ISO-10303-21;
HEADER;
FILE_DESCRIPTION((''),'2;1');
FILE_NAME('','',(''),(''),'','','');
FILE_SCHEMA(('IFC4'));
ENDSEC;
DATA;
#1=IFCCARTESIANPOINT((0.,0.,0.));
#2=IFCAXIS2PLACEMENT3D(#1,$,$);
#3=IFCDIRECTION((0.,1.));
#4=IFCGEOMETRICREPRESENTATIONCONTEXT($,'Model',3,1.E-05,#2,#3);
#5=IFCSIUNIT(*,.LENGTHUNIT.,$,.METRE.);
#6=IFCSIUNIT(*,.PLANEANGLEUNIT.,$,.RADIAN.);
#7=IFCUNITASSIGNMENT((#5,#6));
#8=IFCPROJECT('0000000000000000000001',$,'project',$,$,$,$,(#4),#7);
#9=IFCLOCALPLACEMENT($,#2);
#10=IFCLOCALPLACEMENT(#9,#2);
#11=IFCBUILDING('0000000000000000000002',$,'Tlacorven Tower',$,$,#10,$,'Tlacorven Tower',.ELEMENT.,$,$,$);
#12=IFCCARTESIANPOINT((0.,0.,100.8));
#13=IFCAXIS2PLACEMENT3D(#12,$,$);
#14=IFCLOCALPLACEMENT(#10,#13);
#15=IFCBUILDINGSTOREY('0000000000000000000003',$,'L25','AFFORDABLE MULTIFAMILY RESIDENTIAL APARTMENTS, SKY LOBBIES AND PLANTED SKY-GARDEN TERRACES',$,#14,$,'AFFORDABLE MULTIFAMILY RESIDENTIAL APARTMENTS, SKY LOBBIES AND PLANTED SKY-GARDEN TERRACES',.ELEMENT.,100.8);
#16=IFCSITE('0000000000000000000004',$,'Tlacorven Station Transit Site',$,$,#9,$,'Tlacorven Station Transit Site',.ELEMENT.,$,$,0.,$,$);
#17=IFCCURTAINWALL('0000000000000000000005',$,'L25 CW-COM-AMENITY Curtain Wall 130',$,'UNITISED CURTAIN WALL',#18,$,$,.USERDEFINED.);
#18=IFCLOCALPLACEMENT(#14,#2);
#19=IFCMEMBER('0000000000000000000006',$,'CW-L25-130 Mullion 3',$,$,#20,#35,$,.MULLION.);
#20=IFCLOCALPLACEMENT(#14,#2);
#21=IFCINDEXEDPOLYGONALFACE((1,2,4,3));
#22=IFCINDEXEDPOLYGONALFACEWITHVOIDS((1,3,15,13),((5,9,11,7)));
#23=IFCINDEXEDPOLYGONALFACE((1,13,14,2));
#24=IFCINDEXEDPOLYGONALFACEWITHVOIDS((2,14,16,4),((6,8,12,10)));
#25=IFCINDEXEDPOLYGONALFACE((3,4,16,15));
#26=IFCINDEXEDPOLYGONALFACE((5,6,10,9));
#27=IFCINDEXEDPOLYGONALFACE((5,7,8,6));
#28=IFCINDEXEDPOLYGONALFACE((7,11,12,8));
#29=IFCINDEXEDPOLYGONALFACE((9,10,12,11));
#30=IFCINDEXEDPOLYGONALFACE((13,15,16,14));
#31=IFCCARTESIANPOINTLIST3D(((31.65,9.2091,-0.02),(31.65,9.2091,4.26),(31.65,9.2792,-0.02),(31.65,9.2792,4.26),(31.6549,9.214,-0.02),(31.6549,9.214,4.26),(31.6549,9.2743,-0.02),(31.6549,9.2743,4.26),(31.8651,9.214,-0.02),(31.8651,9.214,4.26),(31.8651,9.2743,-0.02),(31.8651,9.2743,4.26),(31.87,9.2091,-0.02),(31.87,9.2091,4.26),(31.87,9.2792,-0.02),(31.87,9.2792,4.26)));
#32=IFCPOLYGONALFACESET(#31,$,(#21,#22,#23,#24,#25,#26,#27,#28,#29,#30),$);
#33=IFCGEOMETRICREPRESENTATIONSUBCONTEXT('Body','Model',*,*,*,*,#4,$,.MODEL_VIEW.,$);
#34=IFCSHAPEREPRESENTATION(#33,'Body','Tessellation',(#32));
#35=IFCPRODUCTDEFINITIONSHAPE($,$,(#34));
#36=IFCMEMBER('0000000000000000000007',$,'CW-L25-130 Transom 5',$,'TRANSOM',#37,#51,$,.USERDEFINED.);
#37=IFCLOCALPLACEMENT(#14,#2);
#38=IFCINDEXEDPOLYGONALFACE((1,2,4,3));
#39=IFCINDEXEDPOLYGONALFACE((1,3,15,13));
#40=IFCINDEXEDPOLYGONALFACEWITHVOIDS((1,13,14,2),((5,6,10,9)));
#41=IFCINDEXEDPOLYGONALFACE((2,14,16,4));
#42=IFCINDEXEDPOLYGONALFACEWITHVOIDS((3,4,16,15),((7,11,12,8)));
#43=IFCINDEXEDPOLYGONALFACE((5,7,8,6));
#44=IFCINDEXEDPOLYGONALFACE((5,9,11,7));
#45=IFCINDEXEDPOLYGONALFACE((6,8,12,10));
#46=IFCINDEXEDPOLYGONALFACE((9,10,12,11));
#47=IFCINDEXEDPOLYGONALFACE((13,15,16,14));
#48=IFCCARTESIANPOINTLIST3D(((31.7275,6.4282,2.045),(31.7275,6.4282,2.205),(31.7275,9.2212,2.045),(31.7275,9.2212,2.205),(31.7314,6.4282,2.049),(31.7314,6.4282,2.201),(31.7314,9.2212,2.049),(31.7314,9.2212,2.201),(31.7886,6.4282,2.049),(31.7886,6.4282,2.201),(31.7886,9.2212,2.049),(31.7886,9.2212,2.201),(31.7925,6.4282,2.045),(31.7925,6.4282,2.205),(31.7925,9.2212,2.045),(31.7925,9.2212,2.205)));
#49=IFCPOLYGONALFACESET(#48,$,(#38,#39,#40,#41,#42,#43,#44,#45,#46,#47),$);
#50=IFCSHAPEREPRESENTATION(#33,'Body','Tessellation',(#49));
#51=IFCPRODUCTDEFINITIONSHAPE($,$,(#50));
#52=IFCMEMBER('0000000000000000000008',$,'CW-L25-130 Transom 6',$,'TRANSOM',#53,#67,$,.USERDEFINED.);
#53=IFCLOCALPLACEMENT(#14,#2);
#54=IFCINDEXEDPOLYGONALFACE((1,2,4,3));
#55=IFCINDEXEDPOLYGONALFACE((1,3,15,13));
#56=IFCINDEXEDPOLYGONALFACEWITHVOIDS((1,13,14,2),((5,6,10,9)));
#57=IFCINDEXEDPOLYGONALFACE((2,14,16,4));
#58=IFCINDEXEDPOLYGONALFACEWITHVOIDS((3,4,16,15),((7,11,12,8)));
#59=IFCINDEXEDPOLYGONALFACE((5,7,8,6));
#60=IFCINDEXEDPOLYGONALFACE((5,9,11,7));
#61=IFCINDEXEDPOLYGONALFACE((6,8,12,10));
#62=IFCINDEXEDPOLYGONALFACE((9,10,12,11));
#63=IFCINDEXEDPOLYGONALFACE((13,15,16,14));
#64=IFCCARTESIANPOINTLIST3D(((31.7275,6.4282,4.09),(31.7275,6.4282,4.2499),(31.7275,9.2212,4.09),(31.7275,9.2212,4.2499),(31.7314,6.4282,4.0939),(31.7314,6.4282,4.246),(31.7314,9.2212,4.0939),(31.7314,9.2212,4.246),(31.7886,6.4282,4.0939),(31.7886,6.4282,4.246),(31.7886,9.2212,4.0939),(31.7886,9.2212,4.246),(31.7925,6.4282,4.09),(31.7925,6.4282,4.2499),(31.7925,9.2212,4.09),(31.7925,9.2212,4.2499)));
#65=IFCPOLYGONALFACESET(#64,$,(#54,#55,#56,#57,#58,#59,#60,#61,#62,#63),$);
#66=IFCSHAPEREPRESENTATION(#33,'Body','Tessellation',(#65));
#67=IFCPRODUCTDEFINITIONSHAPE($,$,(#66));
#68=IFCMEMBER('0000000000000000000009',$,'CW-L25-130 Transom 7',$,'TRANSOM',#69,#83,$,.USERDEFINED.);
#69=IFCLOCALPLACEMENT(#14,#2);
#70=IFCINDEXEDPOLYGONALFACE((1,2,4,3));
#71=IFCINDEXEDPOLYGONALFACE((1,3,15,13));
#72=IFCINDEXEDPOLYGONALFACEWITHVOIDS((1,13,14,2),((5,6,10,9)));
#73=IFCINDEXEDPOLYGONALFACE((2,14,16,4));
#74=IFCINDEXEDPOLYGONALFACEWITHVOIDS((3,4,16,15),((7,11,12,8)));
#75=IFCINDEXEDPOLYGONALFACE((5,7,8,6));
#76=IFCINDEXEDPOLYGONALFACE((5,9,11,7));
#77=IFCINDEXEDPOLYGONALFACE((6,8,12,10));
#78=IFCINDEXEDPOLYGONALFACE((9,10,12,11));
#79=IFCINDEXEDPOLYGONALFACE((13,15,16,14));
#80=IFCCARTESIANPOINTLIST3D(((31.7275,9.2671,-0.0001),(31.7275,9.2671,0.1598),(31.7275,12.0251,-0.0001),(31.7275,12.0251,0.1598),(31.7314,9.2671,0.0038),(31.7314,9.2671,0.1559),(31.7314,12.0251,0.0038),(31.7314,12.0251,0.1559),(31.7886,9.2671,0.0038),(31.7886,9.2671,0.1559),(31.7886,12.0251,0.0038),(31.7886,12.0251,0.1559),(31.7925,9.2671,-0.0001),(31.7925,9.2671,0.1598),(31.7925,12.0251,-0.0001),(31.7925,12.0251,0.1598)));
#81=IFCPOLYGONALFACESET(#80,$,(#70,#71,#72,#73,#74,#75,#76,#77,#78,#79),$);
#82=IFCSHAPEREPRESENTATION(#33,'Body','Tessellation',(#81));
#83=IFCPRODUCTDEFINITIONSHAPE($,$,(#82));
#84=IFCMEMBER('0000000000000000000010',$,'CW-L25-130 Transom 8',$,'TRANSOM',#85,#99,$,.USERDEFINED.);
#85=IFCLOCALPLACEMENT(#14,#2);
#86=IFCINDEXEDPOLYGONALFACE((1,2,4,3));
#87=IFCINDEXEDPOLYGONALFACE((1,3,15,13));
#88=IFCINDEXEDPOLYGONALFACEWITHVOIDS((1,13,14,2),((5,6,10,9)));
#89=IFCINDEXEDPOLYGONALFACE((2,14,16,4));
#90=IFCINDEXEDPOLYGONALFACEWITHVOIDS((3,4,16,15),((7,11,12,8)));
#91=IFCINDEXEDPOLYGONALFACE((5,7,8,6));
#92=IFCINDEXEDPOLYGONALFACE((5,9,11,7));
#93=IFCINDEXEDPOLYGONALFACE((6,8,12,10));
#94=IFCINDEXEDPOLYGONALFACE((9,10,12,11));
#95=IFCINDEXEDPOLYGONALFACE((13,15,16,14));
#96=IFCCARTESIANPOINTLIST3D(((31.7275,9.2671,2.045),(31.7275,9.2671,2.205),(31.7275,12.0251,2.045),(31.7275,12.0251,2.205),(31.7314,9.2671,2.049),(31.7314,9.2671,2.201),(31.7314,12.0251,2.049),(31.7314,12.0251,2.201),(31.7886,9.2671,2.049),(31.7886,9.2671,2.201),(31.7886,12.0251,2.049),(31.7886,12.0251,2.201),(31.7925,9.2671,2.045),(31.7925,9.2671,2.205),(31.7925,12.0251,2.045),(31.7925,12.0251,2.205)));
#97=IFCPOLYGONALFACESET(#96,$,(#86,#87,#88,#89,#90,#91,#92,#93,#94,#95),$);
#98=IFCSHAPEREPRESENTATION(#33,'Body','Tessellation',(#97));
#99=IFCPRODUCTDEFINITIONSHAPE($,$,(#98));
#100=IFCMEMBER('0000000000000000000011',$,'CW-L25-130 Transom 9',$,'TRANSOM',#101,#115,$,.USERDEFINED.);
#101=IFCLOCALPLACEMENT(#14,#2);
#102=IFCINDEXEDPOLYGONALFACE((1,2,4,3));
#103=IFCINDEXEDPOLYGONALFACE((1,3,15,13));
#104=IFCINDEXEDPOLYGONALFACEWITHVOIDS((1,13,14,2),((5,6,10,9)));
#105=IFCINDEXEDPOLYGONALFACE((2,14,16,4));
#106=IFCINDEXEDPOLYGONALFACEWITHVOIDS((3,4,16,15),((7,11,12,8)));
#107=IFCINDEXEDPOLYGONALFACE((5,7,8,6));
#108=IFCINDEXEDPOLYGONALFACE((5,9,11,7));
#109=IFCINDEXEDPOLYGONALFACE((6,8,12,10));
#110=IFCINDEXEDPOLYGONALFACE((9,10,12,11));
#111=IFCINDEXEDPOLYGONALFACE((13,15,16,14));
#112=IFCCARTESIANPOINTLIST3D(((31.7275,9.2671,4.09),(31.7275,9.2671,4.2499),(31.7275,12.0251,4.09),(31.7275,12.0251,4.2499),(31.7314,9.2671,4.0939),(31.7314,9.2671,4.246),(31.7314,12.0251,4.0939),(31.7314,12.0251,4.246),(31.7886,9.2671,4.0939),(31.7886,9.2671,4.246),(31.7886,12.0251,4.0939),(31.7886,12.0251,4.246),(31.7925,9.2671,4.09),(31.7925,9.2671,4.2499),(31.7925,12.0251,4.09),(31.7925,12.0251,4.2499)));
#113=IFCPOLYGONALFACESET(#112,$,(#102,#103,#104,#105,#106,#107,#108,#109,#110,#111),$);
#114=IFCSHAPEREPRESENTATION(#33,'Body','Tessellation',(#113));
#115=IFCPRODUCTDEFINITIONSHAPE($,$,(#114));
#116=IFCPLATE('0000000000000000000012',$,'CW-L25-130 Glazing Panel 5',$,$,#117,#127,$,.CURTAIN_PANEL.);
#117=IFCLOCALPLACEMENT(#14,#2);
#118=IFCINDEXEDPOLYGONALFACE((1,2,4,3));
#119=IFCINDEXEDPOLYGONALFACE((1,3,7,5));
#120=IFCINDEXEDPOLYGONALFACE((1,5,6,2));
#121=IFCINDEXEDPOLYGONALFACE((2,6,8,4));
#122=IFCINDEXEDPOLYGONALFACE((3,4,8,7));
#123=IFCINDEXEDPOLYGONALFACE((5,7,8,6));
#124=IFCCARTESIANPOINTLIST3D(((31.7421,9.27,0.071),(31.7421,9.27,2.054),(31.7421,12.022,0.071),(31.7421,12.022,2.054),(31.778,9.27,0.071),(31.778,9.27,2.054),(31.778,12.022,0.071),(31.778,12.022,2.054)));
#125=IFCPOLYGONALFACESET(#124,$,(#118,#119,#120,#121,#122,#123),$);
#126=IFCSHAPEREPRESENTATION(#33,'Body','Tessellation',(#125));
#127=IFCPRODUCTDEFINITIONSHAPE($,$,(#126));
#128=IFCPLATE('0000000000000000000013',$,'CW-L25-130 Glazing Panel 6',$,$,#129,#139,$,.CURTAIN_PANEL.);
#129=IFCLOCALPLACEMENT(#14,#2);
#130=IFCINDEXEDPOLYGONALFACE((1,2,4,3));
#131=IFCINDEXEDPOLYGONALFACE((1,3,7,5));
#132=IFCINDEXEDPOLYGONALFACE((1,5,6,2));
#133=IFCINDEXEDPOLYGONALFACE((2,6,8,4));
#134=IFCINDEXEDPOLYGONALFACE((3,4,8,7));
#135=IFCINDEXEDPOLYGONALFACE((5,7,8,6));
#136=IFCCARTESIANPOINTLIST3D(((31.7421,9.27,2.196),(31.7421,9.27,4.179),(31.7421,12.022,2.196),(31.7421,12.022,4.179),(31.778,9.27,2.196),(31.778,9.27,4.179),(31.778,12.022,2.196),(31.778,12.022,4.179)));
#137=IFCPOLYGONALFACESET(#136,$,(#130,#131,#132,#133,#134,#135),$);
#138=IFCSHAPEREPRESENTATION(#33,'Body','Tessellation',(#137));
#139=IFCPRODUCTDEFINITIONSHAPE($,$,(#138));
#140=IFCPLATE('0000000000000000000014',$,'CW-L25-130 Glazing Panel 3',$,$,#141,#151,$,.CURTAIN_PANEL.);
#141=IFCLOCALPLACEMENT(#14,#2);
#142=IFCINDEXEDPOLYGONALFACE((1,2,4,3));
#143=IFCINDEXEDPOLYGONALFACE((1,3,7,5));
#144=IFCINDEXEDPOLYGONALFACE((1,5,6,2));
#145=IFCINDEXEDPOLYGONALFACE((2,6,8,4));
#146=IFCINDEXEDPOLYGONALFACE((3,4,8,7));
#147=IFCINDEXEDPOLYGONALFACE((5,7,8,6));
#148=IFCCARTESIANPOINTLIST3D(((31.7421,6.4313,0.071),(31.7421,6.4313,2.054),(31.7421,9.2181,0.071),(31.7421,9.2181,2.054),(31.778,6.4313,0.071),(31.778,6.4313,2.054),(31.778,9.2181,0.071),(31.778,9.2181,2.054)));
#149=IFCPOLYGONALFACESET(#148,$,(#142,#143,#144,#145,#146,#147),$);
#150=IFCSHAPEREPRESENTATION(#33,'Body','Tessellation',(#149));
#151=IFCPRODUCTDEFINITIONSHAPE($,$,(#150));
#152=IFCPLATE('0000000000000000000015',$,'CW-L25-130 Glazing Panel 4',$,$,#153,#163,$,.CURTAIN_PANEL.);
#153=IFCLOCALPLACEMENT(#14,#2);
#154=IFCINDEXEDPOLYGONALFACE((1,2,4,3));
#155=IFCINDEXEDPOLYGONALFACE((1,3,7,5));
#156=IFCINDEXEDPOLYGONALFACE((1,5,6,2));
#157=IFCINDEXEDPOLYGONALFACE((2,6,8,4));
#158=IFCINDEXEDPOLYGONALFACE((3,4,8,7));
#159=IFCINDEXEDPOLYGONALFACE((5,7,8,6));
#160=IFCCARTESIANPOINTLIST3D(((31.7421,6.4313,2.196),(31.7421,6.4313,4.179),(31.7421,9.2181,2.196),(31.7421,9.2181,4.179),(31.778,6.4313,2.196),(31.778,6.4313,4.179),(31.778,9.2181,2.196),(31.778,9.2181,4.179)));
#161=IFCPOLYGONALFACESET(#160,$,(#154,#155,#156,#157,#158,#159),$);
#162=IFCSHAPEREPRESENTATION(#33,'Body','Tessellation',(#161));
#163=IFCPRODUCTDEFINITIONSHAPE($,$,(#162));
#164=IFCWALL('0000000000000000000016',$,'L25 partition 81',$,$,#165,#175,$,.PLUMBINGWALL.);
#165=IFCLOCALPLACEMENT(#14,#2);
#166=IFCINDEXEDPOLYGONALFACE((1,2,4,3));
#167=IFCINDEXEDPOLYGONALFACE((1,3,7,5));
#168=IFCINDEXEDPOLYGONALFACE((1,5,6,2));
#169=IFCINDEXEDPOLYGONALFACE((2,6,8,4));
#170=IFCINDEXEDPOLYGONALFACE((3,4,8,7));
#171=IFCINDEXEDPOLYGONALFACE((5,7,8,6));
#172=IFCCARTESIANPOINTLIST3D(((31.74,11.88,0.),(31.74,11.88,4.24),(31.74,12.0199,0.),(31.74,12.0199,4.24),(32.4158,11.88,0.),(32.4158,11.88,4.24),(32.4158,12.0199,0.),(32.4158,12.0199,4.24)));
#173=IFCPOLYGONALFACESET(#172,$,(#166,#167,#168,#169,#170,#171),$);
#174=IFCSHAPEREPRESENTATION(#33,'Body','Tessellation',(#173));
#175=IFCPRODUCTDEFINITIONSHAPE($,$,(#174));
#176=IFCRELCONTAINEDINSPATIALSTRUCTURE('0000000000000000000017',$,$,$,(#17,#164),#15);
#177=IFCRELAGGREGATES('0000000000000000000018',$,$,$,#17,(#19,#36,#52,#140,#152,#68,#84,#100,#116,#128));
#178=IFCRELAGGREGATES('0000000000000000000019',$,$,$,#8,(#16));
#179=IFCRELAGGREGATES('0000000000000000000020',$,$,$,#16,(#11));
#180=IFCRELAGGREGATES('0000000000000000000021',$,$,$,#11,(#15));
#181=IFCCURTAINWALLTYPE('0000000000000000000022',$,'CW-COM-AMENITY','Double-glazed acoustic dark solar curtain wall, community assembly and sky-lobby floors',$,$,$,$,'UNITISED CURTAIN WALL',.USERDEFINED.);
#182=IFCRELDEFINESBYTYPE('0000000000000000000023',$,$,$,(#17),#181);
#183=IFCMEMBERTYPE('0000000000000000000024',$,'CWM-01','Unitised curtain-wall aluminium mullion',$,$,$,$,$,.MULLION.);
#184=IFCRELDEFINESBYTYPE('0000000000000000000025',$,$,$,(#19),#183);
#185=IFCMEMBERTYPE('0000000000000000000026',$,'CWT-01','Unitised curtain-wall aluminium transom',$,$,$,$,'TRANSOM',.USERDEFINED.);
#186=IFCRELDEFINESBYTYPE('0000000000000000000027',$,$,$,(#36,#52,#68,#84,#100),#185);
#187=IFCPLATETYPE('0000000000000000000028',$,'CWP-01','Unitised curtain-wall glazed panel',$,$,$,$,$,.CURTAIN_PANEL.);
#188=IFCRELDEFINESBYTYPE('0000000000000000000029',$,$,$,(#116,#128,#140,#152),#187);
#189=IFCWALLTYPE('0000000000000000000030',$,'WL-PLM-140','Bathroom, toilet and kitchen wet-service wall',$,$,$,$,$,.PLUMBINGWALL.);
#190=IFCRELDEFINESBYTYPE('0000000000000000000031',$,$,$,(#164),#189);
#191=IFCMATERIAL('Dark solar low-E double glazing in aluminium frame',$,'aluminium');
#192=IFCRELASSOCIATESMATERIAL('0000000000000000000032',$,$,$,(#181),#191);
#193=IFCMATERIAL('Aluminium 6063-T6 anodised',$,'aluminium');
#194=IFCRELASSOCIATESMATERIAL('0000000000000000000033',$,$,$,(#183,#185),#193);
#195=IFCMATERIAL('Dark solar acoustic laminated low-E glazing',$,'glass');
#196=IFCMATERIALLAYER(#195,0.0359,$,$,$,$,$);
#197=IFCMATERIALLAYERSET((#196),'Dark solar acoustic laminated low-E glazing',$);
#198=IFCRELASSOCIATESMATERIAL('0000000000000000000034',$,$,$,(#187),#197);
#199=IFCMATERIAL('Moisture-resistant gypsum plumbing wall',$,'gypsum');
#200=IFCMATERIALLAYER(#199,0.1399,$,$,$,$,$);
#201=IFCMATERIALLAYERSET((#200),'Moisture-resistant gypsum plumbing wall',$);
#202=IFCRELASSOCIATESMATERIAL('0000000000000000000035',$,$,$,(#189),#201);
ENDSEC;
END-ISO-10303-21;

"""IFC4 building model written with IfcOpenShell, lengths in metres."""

from ifc_helpers import new_model, si_unit, direction, frame, frame_2d, origin, origin_2d, place, context, subcontext, project, spatial, rectangle, hollow_rectangle, extrude, source, transform, mapped, material, layer, layer_set, material_profile, profile_set, type_object, element, aggregate, save


model = new_model("IFC4")

# Units and contexts
model_context = context("Model", 3, precision=1e-05, world=origin(), true_north=direction((0.0, 1.0)))
body_context = subcontext(model_context, "Body", "Model", "MODEL_VIEW")
ifc_project = project(units=[si_unit("LENGTHUNIT", "METRE"), si_unit("PLANEANGLEUNIT", "RADIAN")], contexts=[model_context])

# Site, building, storey
site_placement = place(None, origin())
site = spatial("IfcSite", under=ifc_project, at=site_placement, Name="Tlacorven Station Transit Site", LongName="Tlacorven Station Transit Site", CompositionType="ELEMENT", RefElevation=0.0)
building_placement = place(site_placement, origin())
building = spatial("IfcBuilding", under=site, at=building_placement, Name="Tlacorven Tower", LongName="Tlacorven Tower", CompositionType="ELEMENT")
storey_placement = place(building_placement, frame((0.0, 0.0, 100.8)))
storey = spatial("IfcBuildingStorey", under=building, at=storey_placement, Name="L25", Description="AFFORDABLE MULTIFAMILY RESIDENTIAL APARTMENTS, SKY LOBBIES AND PLANTED SKY-GARDEN TERRACES", LongName="AFFORDABLE MULTIFAMILY RESIDENTIAL APARTMENTS, SKY LOBBIES AND PLANTED SKY-GARDEN TERRACES", CompositionType="ELEMENT", Elevation=100.8)

# Curtain wall, members, plates
ifc_material_1 = material(Name="Dark solar low-E double glazing in aluminium frame", Category="aluminium")
curtain_wall_type = type_object("IfcCurtainWallType", Name="CW-COM-AMENITY", Description="Double-glazed acoustic dark solar curtain wall, community assembly and sky-lobby floors", ElementType="UNITISED CURTAIN WALL", PredefinedType="USERDEFINED", material=ifc_material_1)
curtain_wall_placement = place(storey_placement, origin())
curtain_wall = element("IfcCurtainWall", 1, at=curtain_wall_placement, inside=storey, type_object=curtain_wall_type, Name="L25 CW-COM-AMENITY Curtain Wall 130", ObjectType="UNITISED CURTAIN WALL", PredefinedType="USERDEFINED")
ifc_material_2 = material(Name="Aluminium 6063-T6 anodised", Category="aluminium")
ifc_material_profile_1 = material_profile(ifc_material_2, hollow_rectangle(XDim=0.0701, YDim=0.22, WallThickness=0.0049, at=origin_2d()), Name="ALU MULLION 70X220")
ifc_profile_set_1 = profile_set([ifc_material_profile_1], Name="Aluminium 6063-T6 anodised")
member_type_1 = type_object("IfcMemberType", Name="CWM-01", Description="Unitised curtain-wall aluminium mullion", PredefinedType="MULLION", material=ifc_profile_set_1)
shared_shape_1 = source(origin(), body_context, "Body", "SweptSolid", [
    extrude(hollow_rectangle(XDim=0.0701, YDim=0.22, WallThickness=0.0049, at=origin_2d()), origin(), (0.0, 0.0, 1.0), 4.28),
])
member_1_placement = place(storey_placement, frame((31.76, 9.2441, -0.02), z_axis=(0.0, 0.0, 1.0), x_axis=(0.0, 1.0, 0.0)))
member_1 = element("IfcMember", 2, at=member_1_placement, type_object=member_type_1, Name="CW-L25-130 Mullion 3", PredefinedType="MULLION", context=body_context, shape_type="MappedRepresentation", body=[
    mapped(shared_shape_1, transform((0.0, 0.0, 0.0), scale=1.0)),
])
ifc_material_profile_2 = material_profile(ifc_material_2, hollow_rectangle(XDim=0.0649, YDim=0.1599, WallThickness=0.0039, at=origin_2d()), Name="ALU TRANSOM 65X160")
ifc_profile_set_2 = profile_set([ifc_material_profile_2], Name="Aluminium 6063-T6 anodised")
member_type_2 = type_object("IfcMemberType", Name="CWT-01", Description="Unitised curtain-wall aluminium transom", ElementType="TRANSOM", PredefinedType="USERDEFINED", material=ifc_profile_set_2)
shared_shape_2 = source(origin(), body_context, "Body", "SweptSolid", [
    extrude(hollow_rectangle(XDim=0.0649, YDim=0.1599, WallThickness=0.0039, at=origin_2d()), origin(), (0.0, 0.0, 1.0), 2.793),
])
member_2_placement = place(storey_placement, frame((31.76, 6.4282, 2.125), z_axis=(0.0, 1.0, 0.0), x_axis=(-1.0, 0.0, 0.0)))
member_2 = element("IfcMember", 3, at=member_2_placement, type_object=member_type_2, Name="CW-L25-130 Transom 5", ObjectType="TRANSOM", PredefinedType="USERDEFINED", context=body_context, shape_type="MappedRepresentation", body=[
    mapped(shared_shape_2, transform((0.0, 0.0, 0.0), scale=1.0)),
])
member_3_placement = place(storey_placement, frame((31.76, 6.4282, 4.1699), z_axis=(0.0, 1.0, 0.0), x_axis=(-1.0, 0.0, 0.0)))
member_3 = element("IfcMember", 4, at=member_3_placement, type_object=member_type_2, Name="CW-L25-130 Transom 6", ObjectType="TRANSOM", PredefinedType="USERDEFINED", context=body_context, shape_type="MappedRepresentation", body=[
    mapped(shared_shape_2, transform((0.0, 0.0, 0.0), scale=1.0)),
])
shared_shape_3 = source(origin(), body_context, "Body", "SweptSolid", [
    extrude(hollow_rectangle(XDim=0.0649, YDim=0.1599, WallThickness=0.0039, at=origin_2d()), origin(), (0.0, 0.0, 1.0), 2.7581),
])
member_4_placement = place(storey_placement, frame((31.76, 9.2671, 0.0798), z_axis=(0.0, 1.0, 0.0), x_axis=(-1.0, 0.0, 0.0)))
member_4 = element("IfcMember", 5, at=member_4_placement, type_object=member_type_2, Name="CW-L25-130 Transom 7", ObjectType="TRANSOM", PredefinedType="USERDEFINED", context=body_context, shape_type="MappedRepresentation", body=[
    mapped(shared_shape_3, transform((0.0, 0.0, 0.0), scale=1.0)),
])
member_5_placement = place(storey_placement, frame((31.76, 9.2671, 2.125), z_axis=(0.0, 1.0, 0.0), x_axis=(-1.0, 0.0, 0.0)))
member_5 = element("IfcMember", 6, at=member_5_placement, type_object=member_type_2, Name="CW-L25-130 Transom 8", ObjectType="TRANSOM", PredefinedType="USERDEFINED", context=body_context, shape_type="MappedRepresentation", body=[
    mapped(shared_shape_3, transform((0.0, 0.0, 0.0), scale=1.0)),
])
member_6_placement = place(storey_placement, frame((31.76, 9.2671, 4.1699), z_axis=(0.0, 1.0, 0.0), x_axis=(-1.0, 0.0, 0.0)))
member_6 = element("IfcMember", 7, at=member_6_placement, type_object=member_type_2, Name="CW-L25-130 Transom 9", ObjectType="TRANSOM", PredefinedType="USERDEFINED", context=body_context, shape_type="MappedRepresentation", body=[
    mapped(shared_shape_3, transform((0.0, 0.0, 0.0), scale=1.0)),
])
ifc_material_3 = material(Name="Dark solar acoustic laminated low-E glazing", Category="glass")
ifc_layer_1 = layer(ifc_material_3, 0.0359)
ifc_layer_set_1 = layer_set([ifc_layer_1], Name="Dark solar acoustic laminated low-E glazing")
plate_type = type_object("IfcPlateType", Name="CWP-01", Description="Unitised curtain-wall glazed panel", PredefinedType="CURTAIN_PANEL", material=ifc_layer_set_1)
shared_shape_4 = source(origin(), body_context, "Body", "SweptSolid", [
    extrude(rectangle(XDim=2.752, YDim=0.0359, at=origin_2d()), origin(), (0.0, 0.0, 1.0), 1.9829),
])
plate_1_placement = place(storey_placement, frame((31.76, 10.646, 0.071), z_axis=(0.0, 0.0, 1.0), x_axis=(0.0, 1.0, 0.0)))
plate_1 = element("IfcPlate", 8, at=plate_1_placement, type_object=plate_type, Name="CW-L25-130 Glazing Panel 5", PredefinedType="CURTAIN_PANEL", context=body_context, shape_type="MappedRepresentation", body=[
    mapped(shared_shape_4, transform((0.0, 0.0, 0.0), scale=1.0)),
])
plate_2_placement = place(storey_placement, frame((31.76, 10.646, 2.196), z_axis=(0.0, 0.0, 1.0), x_axis=(0.0, 1.0, 0.0)))
plate_2 = element("IfcPlate", 9, at=plate_2_placement, type_object=plate_type, Name="CW-L25-130 Glazing Panel 6", PredefinedType="CURTAIN_PANEL", context=body_context, shape_type="MappedRepresentation", body=[
    mapped(shared_shape_4, transform((0.0, 0.0, 0.0), scale=1.0)),
])
shared_shape_5 = source(origin(), body_context, "Body", "SweptSolid", [
    extrude(rectangle(XDim=2.7869, YDim=0.0359, at=origin_2d()), origin(), (0.0, 0.0, 1.0), 1.9829),
])
plate_3_placement = place(storey_placement, frame((31.76, 7.8247, 0.071), z_axis=(0.0, 0.0, 1.0), x_axis=(0.0, 1.0, 0.0)))
plate_3 = element("IfcPlate", 10, at=plate_3_placement, type_object=plate_type, Name="CW-L25-130 Glazing Panel 3", PredefinedType="CURTAIN_PANEL", context=body_context, shape_type="MappedRepresentation", body=[
    mapped(shared_shape_5, transform((0.0, 0.0, 0.0), scale=1.0)),
])
plate_4_placement = place(storey_placement, frame((31.76, 7.8247, 2.196), z_axis=(0.0, 0.0, 1.0), x_axis=(0.0, 1.0, 0.0)))
plate_4 = element("IfcPlate", 11, at=plate_4_placement, type_object=plate_type, Name="CW-L25-130 Glazing Panel 4", PredefinedType="CURTAIN_PANEL", context=body_context, shape_type="MappedRepresentation", body=[
    mapped(shared_shape_5, transform((0.0, 0.0, 0.0), scale=1.0)),
])
aggregate(curtain_wall, [member_1, member_2, member_3, plate_3, plate_4, member_4, member_5, member_6, plate_1, plate_2])

# Wall
ifc_material_4 = material(Name="Moisture-resistant gypsum plumbing wall", Category="gypsum")
ifc_layer_2 = layer(ifc_material_4, 0.1399)
ifc_layer_set_2 = layer_set([ifc_layer_2], Name="Moisture-resistant gypsum plumbing wall")
wall_type = type_object("IfcWallType", Name="WL-PLM-140", Description="Bathroom, toilet and kitchen wet-service wall", PredefinedType="PLUMBINGWALL", material=ifc_layer_set_2)
wall_1_placement = place(storey_placement, frame((31.74, 11.95, 0.0), z_axis=(0.0, 0.0, 1.0), x_axis=(1.0, 0.0, 0.0)))
element("IfcWall", 12, at=wall_1_placement, inside=storey, type_object=wall_type, Name="L25 partition 81", PredefinedType="PLUMBINGWALL", context=body_context, shape_type="SweptSolid", body=[
    extrude(rectangle(XDim=0.6758, YDim=0.1399, at=frame_2d((0.3379, 0.0))), origin(), (0.0, 0.0, 1.0), 4.24),
])

save(model, "model.ifc")
